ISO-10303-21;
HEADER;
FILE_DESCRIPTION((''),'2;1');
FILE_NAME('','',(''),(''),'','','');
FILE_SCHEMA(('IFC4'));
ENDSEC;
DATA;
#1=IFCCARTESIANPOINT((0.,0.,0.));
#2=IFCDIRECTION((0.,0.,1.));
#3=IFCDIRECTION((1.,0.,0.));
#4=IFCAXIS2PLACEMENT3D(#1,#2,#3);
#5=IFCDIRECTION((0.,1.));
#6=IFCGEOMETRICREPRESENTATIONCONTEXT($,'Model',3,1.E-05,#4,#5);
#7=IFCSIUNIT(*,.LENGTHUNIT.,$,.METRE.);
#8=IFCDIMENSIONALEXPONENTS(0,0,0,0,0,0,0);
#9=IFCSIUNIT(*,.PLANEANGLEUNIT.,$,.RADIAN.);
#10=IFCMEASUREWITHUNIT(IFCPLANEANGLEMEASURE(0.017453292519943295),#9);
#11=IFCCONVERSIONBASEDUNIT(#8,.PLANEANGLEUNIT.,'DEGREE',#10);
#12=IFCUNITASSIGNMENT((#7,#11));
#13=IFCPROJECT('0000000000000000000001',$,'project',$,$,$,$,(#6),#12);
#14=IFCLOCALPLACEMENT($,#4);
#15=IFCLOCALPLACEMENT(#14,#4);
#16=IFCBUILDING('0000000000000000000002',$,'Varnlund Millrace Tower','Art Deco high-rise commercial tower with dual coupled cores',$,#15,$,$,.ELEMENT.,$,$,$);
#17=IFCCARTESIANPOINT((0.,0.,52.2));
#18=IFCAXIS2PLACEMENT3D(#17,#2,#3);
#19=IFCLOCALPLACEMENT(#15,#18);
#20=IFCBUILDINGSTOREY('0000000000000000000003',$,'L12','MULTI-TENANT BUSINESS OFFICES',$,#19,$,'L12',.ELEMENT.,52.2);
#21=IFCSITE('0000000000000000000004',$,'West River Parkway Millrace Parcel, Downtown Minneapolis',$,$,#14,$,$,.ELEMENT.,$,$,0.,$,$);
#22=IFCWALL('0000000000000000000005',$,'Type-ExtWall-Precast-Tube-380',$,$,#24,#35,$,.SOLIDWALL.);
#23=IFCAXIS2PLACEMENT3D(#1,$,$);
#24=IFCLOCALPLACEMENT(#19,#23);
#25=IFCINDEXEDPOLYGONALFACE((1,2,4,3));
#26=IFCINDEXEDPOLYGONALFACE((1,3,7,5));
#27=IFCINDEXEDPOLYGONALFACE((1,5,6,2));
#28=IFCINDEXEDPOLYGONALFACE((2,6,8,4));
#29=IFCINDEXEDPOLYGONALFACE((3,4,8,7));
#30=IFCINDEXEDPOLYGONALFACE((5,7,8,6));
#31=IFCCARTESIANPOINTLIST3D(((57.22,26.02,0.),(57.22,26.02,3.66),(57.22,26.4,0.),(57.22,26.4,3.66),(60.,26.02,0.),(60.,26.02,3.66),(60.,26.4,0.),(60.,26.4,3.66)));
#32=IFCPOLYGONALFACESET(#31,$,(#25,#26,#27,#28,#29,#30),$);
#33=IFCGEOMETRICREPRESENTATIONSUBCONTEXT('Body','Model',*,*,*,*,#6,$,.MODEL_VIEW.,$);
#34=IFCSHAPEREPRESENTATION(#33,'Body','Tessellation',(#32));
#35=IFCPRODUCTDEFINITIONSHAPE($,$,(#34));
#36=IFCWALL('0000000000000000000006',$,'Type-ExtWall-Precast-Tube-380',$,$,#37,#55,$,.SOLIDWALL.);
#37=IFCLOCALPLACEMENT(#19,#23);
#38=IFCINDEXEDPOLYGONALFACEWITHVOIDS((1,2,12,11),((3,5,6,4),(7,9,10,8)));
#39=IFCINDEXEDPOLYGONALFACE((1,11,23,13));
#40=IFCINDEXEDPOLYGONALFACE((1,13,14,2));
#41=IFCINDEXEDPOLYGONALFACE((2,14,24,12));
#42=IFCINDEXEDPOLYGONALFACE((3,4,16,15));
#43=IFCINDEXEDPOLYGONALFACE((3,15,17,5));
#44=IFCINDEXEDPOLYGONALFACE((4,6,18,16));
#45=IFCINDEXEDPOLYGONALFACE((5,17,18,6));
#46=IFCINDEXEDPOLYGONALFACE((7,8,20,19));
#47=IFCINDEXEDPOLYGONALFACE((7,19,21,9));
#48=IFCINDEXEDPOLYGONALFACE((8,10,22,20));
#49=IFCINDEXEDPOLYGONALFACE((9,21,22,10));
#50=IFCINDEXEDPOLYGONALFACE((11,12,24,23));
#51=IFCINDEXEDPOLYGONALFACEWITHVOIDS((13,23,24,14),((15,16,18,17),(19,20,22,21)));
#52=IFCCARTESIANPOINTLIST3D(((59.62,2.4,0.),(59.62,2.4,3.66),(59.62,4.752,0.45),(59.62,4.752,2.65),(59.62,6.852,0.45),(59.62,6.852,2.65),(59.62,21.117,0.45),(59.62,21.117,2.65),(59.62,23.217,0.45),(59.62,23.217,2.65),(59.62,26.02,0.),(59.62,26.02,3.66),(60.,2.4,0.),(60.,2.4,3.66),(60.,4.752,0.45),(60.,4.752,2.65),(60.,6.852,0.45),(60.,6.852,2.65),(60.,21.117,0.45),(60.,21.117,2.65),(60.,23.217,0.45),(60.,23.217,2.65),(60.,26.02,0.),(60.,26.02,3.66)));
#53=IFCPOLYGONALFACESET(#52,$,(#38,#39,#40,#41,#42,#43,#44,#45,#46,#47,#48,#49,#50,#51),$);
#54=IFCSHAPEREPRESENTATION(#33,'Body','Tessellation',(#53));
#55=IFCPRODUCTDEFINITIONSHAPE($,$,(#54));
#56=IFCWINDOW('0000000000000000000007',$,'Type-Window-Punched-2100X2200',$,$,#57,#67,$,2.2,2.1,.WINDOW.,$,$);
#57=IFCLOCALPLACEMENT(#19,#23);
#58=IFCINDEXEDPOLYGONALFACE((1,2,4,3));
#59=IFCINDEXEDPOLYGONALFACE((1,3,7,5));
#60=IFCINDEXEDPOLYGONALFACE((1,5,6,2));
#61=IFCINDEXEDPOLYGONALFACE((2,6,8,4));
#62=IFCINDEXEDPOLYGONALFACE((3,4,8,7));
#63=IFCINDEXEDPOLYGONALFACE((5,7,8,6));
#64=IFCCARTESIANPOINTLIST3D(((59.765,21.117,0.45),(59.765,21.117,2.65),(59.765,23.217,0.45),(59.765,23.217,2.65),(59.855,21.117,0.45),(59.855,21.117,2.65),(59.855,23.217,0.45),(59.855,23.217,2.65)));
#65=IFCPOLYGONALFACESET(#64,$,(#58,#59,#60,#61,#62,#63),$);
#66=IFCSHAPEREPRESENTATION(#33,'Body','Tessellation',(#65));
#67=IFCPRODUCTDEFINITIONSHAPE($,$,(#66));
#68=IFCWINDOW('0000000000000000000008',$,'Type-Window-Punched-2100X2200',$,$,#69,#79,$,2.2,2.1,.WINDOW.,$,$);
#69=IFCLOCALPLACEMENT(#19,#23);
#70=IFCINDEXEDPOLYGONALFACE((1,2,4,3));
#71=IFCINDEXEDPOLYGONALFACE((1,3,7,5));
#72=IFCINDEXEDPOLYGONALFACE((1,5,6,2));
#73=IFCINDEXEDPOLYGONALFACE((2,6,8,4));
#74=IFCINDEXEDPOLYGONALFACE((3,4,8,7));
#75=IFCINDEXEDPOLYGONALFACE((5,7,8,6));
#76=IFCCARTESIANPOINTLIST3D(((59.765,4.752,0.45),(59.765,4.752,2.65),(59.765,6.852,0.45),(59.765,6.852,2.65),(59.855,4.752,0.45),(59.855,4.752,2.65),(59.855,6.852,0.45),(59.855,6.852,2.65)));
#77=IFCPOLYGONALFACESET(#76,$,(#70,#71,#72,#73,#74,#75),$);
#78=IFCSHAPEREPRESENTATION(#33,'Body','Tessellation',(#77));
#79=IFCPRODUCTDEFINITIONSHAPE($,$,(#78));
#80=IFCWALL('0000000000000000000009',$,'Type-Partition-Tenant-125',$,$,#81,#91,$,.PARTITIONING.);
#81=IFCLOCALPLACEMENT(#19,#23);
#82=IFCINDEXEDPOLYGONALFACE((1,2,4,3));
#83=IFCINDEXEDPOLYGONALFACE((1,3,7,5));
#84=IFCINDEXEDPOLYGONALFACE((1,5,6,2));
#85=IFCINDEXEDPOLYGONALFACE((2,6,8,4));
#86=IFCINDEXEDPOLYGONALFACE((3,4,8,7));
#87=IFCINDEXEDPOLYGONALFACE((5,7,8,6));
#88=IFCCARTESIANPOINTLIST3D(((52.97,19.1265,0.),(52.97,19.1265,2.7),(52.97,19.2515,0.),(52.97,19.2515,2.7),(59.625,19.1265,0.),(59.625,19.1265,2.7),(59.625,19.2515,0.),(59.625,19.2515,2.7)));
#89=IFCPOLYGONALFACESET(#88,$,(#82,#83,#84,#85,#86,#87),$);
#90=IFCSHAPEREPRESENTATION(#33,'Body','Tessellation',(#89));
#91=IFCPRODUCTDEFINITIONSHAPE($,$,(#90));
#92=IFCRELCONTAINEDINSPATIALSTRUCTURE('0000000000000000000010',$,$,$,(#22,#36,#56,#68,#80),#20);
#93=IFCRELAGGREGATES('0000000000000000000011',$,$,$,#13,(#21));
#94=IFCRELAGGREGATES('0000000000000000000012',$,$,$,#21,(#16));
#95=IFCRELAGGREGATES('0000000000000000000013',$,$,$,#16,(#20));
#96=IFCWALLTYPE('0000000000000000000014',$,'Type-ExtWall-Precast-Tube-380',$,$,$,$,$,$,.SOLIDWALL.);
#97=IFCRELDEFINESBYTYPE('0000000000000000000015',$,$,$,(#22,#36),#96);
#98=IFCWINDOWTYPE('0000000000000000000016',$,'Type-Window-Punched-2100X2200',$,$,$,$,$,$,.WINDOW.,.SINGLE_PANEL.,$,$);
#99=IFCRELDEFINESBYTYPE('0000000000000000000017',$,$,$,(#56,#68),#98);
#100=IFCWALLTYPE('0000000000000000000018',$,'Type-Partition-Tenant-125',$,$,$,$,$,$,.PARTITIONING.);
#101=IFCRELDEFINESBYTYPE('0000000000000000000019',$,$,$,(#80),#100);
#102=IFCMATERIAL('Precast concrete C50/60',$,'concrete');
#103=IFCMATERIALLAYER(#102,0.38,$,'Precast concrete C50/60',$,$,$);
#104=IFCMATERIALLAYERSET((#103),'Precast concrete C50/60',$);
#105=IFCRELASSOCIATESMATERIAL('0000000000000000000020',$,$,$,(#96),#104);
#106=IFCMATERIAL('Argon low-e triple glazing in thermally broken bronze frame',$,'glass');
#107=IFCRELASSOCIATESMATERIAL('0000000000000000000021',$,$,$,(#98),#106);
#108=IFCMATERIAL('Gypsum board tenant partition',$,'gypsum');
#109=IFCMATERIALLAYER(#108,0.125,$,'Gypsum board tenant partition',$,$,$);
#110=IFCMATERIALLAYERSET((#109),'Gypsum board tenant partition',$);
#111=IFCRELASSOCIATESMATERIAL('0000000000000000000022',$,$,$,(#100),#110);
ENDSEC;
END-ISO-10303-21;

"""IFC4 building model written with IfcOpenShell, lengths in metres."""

from ifc_helpers import new_model, entity, si_unit, converted_unit, direction, frame, origin_with_axes, origin_2d_with_axis, place, context, subcontext, project, spatial, polyline, rectangle, outline, extrude, material, layer, layer_set, type_object, element, fill, save


model = new_model("IFC4")

# Units and contexts
model_context = context("Model", 3, precision=1e-05, world=origin_with_axes(), true_north=direction((0.0, 1.0)))
body_context = subcontext(model_context, "Body", "Model", "MODEL_VIEW")
ifc_project = project(units=[si_unit("LENGTHUNIT", "METRE"), converted_unit("PLANEANGLEUNIT", "DEGREE", entity("IfcPlaneAngleMeasure", 0.017453292519943295), si_unit("PLANEANGLEUNIT", "RADIAN"), dimensions=[0, 0, 0, 0, 0, 0, 0])], contexts=[model_context])

# Site, building, storey
site_placement = place(None, origin_with_axes())
site = spatial("IfcSite", under=ifc_project, at=site_placement, Name="West River Parkway Millrace Parcel, Downtown Minneapolis", CompositionType="ELEMENT", RefElevation=0.0)
building_placement = place(site_placement, origin_with_axes())
building = spatial("IfcBuilding", under=site, at=building_placement, Name="Varnlund Millrace Tower", Description="Art Deco high-rise commercial tower with dual coupled cores", CompositionType="ELEMENT")
storey_placement = place(building_placement, frame((0.0, 0.0, 52.2), z_axis=(0.0, 0.0, 1.0), x_axis=(1.0, 0.0, 0.0)))
storey = spatial("IfcBuildingStorey", under=building, at=storey_placement, Name="L12", Description="MULTI-TENANT BUSINESS OFFICES", LongName="L12", CompositionType="ELEMENT", Elevation=52.2)

# Wall
ifc_material_1 = material(Name="Precast concrete C50/60", Category="concrete")
ifc_layer_1 = layer(ifc_material_1, 0.38, Name="Precast concrete C50/60")
ifc_layer_set_1 = layer_set([ifc_layer_1], Name="Precast concrete C50/60")
wall_type_1 = type_object("IfcWallType", Name="Type-ExtWall-Precast-Tube-380", PredefinedType="SOLIDWALL", material=ifc_layer_set_1)
wall_1_placement = place(storey_placement, frame((57.22, 26.21, 0.0), z_axis=(0.0, 0.0, 1.0), x_axis=(1.0, 0.0, 0.0)))
element("IfcWall", 1, at=wall_1_placement, inside=storey, type_object=wall_type_1, Name="Type-ExtWall-Precast-Tube-380", PredefinedType="SOLIDWALL", context=body_context, shape_type="SweptSolid", body=[
    extrude(outline(polyline([(0.0, -0.19), (2.78, -0.19), (2.78, 0.19), (0.0, 0.19), (0.0, -0.19)])), origin_with_axes(), (0.0, 0.0, 1.0), 3.66),
])

# Wall, openings, windows
wall_2_placement = place(storey_placement, frame((59.81, 26.02, 0.0), z_axis=(0.0, 0.0, 1.0), x_axis=(0.0, -1.0, 0.0)))
wall_2 = element("IfcWall", 2, at=wall_2_placement, inside=storey, type_object=wall_type_1, Name="Type-ExtWall-Precast-Tube-380", PredefinedType="SOLIDWALL", context=body_context, shape_type="SweptSolid", body=[
    extrude(outline(polyline([(0.0, -0.19), (23.62, -0.19), (23.62, 0.19), (0.0, 0.19), (0.0, -0.19)])), origin_with_axes(), (0.0, 0.0, 1.0), 3.66),
])
opening_1_placement = place(wall_2_placement, frame((3.853, 0.0, 0.45), z_axis=(0.0, 0.0, 1.0), x_axis=(1.0, 0.0, 0.0)))
opening_1 = element("IfcOpeningElement", 3, at=opening_1_placement, cuts=wall_2, PredefinedType="OPENING", context=body_context, shape_type="SweptSolid", body=[
    extrude(rectangle(XDim=2.1, YDim=0.4, at=origin_2d_with_axis()), origin_with_axes(), (0.0, 0.0, 1.0), 2.2),
])
opening_2_placement = place(wall_2_placement, frame((20.218, 0.0, 0.45), z_axis=(0.0, 0.0, 1.0), x_axis=(1.0, 0.0, 0.0)))
opening_2 = element("IfcOpeningElement", 4, at=opening_2_placement, cuts=wall_2, PredefinedType="OPENING", context=body_context, shape_type="SweptSolid", body=[
    extrude(rectangle(XDim=2.1, YDim=0.4, at=origin_2d_with_axis()), origin_with_axes(), (0.0, 0.0, 1.0), 2.2),
])
ifc_material_2 = material(Name="Argon low-e triple glazing in thermally broken bronze frame", Category="glass")
window_type = type_object("IfcWindowType", Name="Type-Window-Punched-2100X2200", PartitioningType="SINGLE_PANEL", PredefinedType="WINDOW", material=ifc_material_2)
window_1_placement = place(wall_2_placement, frame((3.853, 0.0, 0.45), z_axis=(0.0, 0.0, 1.0), x_axis=(1.0, 0.0, 0.0)))
window_1 = element("IfcWindow", 5, at=window_1_placement, inside=storey, type_object=window_type, Name="Type-Window-Punched-2100X2200", OverallHeight=2.2, OverallWidth=2.1, PredefinedType="WINDOW", context=body_context, shape_type="SweptSolid", body=[
    extrude(rectangle(XDim=2.1, YDim=0.09, at=origin_2d_with_axis()), origin_with_axes(), (0.0, 0.0, 1.0), 2.2),
])
fill(opening_1, window_1)
window_2_placement = place(wall_2_placement, frame((20.218, 0.0, 0.45), z_axis=(0.0, 0.0, 1.0), x_axis=(1.0, 0.0, 0.0)))
window_2 = element("IfcWindow", 6, at=window_2_placement, inside=storey, type_object=window_type, Name="Type-Window-Punched-2100X2200", OverallHeight=2.2, OverallWidth=2.1, PredefinedType="WINDOW", context=body_context, shape_type="SweptSolid", body=[
    extrude(rectangle(XDim=2.1, YDim=0.09, at=origin_2d_with_axis()), origin_with_axes(), (0.0, 0.0, 1.0), 2.2),
])
fill(opening_2, window_2)

# Wall
ifc_material_3 = material(Name="Gypsum board tenant partition", Category="gypsum")
ifc_layer_2 = layer(ifc_material_3, 0.125, Name="Gypsum board tenant partition")
ifc_layer_set_2 = layer_set([ifc_layer_2], Name="Gypsum board tenant partition")
wall_type_2 = type_object("IfcWallType", Name="Type-Partition-Tenant-125", PredefinedType="PARTITIONING", material=ifc_layer_set_2)
wall_3_placement = place(storey_placement, frame((52.97, 19.189, 0.0), z_axis=(0.0, 0.0, 1.0), x_axis=(1.0, 0.0, 0.0)))
element("IfcWall", 7, at=wall_3_placement, inside=storey, type_object=wall_type_2, Name="Type-Partition-Tenant-125", PredefinedType="PARTITIONING", context=body_context, shape_type="SweptSolid", body=[
    extrude(outline(polyline([(0.0, -0.0625), (6.655, -0.0625), (6.655, 0.0625), (0.0, 0.0625), (0.0, -0.0625)])), origin_with_axes(), (0.0, 0.0, 1.0), 2.7),
])

save(model, "model.ifc")
